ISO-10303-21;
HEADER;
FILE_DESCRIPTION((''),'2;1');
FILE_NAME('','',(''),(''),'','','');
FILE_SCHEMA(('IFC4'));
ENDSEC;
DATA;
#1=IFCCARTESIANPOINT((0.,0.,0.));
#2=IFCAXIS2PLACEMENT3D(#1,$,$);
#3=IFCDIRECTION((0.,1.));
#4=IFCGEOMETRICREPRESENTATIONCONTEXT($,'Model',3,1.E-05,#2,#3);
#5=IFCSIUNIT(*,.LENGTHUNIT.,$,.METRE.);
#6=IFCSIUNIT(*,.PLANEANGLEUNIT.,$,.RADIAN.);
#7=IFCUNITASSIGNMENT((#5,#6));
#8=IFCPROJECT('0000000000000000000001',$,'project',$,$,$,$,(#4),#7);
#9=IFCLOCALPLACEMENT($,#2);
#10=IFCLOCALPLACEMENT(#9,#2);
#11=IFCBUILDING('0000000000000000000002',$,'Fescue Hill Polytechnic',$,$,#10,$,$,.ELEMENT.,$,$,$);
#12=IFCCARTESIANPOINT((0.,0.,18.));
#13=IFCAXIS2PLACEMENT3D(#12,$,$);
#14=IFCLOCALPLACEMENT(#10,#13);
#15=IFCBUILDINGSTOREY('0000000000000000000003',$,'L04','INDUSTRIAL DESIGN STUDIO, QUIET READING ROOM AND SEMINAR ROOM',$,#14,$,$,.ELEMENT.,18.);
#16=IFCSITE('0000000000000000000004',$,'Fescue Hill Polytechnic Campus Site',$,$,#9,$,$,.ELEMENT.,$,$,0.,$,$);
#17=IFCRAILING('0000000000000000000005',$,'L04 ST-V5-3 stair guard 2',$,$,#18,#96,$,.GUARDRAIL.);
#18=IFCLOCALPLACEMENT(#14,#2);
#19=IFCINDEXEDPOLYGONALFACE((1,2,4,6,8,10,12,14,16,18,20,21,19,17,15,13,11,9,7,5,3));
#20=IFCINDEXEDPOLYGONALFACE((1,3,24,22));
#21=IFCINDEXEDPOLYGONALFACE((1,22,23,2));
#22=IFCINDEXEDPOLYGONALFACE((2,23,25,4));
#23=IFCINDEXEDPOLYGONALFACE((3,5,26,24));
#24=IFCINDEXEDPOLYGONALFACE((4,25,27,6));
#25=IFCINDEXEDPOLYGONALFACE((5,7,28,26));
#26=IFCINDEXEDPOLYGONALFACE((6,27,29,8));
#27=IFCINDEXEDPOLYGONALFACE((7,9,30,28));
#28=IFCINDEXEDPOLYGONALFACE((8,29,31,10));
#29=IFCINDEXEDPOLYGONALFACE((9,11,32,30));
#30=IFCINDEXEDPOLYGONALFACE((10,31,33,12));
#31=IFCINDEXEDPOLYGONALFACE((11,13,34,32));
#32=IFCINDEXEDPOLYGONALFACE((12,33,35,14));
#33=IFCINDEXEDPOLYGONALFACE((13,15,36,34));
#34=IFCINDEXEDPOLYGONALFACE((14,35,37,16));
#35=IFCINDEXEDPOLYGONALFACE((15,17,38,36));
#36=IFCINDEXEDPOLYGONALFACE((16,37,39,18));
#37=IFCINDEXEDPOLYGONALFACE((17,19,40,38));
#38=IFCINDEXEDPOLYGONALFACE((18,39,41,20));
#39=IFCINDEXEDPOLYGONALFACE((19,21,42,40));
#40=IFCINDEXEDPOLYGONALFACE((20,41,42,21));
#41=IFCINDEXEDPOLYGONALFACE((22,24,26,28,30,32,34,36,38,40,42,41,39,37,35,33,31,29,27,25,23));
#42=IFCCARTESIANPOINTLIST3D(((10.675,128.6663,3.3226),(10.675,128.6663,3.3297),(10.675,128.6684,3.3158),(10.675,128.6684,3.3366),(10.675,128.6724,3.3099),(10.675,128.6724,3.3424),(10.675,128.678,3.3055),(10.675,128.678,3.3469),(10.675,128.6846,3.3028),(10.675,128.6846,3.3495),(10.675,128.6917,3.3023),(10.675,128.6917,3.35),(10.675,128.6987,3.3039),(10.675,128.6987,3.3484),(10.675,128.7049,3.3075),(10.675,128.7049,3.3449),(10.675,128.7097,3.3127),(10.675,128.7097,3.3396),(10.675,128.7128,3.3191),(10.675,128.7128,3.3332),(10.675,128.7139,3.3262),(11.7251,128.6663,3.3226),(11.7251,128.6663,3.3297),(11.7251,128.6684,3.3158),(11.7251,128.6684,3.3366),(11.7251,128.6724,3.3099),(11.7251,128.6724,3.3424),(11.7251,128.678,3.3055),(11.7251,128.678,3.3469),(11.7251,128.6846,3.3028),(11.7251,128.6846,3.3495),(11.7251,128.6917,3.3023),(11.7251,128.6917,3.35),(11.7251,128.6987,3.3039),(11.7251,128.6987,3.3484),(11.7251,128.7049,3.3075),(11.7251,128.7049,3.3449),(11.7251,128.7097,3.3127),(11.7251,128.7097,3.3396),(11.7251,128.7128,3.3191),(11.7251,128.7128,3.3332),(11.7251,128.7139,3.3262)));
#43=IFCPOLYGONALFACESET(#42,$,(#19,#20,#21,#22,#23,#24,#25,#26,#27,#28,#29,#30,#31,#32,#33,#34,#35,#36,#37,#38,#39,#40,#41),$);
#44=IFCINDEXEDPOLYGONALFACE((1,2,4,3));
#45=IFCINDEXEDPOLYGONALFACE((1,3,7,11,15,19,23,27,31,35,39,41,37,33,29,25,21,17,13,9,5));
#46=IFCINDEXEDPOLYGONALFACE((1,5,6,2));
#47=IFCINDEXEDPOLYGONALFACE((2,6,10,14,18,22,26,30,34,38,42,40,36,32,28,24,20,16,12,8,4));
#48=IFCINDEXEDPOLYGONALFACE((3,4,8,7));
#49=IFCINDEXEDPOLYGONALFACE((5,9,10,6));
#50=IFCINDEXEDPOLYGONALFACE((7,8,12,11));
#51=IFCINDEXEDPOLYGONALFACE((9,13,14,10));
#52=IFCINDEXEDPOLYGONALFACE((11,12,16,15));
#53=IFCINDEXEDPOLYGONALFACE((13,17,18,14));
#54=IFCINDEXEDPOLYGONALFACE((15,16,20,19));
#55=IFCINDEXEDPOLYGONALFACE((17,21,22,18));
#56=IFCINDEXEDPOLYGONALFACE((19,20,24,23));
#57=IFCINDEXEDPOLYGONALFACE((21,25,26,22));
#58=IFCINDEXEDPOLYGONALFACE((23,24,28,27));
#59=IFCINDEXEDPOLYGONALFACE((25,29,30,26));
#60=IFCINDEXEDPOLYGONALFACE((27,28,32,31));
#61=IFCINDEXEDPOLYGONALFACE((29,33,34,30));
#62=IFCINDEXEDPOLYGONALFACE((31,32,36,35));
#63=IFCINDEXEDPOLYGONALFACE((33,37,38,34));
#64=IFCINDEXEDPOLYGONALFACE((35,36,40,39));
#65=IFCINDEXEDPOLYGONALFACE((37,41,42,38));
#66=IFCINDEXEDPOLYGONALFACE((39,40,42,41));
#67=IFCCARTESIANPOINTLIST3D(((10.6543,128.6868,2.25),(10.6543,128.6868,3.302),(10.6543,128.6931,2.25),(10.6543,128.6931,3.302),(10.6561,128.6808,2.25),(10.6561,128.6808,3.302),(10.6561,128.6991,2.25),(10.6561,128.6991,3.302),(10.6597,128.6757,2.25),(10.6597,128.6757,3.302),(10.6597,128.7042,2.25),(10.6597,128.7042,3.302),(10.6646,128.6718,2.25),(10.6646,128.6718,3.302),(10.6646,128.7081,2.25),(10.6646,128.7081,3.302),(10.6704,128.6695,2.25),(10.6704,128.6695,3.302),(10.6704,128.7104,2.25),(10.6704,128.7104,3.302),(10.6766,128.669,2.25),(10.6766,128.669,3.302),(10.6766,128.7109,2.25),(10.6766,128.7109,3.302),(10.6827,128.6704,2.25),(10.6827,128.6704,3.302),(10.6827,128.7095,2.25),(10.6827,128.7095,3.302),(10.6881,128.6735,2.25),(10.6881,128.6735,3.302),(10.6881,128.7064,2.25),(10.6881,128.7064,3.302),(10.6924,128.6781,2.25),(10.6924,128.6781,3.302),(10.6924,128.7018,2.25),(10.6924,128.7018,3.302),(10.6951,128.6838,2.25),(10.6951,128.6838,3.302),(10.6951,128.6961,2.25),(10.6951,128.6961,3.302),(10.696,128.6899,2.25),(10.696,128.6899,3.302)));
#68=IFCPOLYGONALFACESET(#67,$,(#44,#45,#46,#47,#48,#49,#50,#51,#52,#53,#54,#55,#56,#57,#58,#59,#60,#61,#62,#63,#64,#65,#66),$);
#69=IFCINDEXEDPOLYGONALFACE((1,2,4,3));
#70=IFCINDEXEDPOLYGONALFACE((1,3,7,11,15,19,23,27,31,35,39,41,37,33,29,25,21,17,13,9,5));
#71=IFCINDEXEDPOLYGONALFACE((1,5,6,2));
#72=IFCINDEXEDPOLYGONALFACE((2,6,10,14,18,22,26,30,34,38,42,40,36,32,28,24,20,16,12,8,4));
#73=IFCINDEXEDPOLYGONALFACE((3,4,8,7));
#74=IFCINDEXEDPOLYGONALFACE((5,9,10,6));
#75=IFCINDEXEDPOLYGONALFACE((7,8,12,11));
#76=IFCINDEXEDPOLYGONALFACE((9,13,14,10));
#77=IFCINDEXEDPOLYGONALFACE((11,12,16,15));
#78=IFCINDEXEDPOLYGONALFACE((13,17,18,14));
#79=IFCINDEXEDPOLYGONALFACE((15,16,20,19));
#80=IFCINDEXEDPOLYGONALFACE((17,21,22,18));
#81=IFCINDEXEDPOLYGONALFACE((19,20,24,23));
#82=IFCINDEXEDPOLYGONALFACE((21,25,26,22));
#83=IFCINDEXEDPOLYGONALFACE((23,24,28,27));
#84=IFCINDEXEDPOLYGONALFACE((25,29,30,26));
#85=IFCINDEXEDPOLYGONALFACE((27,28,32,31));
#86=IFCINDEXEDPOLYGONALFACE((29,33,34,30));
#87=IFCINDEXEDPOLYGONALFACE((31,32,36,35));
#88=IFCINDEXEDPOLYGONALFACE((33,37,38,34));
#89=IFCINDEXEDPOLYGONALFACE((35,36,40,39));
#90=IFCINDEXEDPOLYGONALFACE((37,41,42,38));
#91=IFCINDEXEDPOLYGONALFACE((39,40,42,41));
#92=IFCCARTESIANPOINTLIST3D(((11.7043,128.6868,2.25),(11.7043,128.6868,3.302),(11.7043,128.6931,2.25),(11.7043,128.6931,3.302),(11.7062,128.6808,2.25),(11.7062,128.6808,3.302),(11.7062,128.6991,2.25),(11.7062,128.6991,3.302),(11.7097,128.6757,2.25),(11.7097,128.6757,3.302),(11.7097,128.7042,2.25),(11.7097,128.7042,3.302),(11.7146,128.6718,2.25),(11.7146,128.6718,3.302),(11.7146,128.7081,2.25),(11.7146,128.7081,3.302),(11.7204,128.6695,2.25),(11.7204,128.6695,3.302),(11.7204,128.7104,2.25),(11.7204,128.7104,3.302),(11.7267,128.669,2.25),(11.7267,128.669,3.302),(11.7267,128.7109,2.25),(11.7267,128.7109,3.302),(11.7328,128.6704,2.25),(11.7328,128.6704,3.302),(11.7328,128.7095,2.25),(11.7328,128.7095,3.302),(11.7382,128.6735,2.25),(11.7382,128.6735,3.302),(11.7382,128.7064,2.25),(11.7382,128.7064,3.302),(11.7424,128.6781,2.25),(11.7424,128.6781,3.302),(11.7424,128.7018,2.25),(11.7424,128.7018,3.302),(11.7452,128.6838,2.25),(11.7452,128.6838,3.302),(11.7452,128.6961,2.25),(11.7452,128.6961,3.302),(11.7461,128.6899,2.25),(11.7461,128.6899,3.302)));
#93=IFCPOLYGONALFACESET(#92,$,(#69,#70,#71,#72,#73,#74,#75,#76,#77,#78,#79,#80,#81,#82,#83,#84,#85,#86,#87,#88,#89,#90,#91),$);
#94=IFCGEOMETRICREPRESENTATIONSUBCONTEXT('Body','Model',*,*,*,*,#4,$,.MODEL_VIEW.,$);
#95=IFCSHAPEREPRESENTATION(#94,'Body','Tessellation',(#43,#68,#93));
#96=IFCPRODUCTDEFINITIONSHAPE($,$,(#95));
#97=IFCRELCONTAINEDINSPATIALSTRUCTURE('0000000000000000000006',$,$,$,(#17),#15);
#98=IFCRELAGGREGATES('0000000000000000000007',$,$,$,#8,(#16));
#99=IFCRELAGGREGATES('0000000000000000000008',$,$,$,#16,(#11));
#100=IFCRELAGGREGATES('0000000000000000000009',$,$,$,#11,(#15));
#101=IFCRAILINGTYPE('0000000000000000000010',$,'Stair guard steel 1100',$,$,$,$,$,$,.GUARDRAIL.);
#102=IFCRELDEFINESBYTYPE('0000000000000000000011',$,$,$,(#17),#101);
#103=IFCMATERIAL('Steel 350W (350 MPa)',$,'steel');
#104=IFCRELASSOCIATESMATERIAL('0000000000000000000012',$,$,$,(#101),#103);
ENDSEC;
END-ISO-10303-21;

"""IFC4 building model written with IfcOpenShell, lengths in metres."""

from ifc_helpers import new_model, si_unit, direction, frame, origin, origin_2d, place, context, subcontext, project, spatial, circle, extrude, material, type_object, element, save


model = new_model("IFC4")

# Units and contexts
model_context = context("Model", 3, precision=1e-05, world=origin(), true_north=direction((0.0, 1.0)))
body_context = subcontext(model_context, "Body", "Model", "MODEL_VIEW")
ifc_project = project(units=[si_unit("LENGTHUNIT", "METRE"), si_unit("PLANEANGLEUNIT", "RADIAN")], contexts=[model_context])

# Site, building, storey
site_placement = place(None, origin())
site = spatial("IfcSite", under=ifc_project, at=site_placement, Name="Fescue Hill Polytechnic Campus Site", CompositionType="ELEMENT", RefElevation=0.0)
building_placement = place(site_placement, origin())
building = spatial("IfcBuilding", under=site, at=building_placement, Name="Fescue Hill Polytechnic", CompositionType="ELEMENT")
storey_placement = place(building_placement, frame((0.0, 0.0, 18.0)))
storey = spatial("IfcBuildingStorey", under=building, at=storey_placement, Name="L04", Description="INDUSTRIAL DESIGN STUDIO, QUIET READING ROOM AND SEMINAR ROOM", CompositionType="ELEMENT", Elevation=18.0)

# Railing
ifc_material_1 = material(Name="Steel 350W (350 MPa)", Category="steel")
railing_type_1 = type_object("IfcRailingType", Name="Stair guard steel 1100", PredefinedType="GUARDRAIL", material=ifc_material_1)
railing_1_placement = place(storey_placement, frame((10.675, 128.6899, 2.25)))
element("IfcRailing", 1, at=railing_1_placement, inside=storey, type_object=railing_type_1, Name="L04 ST-V5-3 stair guard 2", PredefinedType="GUARDRAIL", context=body_context, shape_type="SweptSolid", body=[
    extrude(circle(Radius=0.0239, at=origin_2d()), frame((0.0, 0.0, 1.0762), z_axis=(1.0, 0.0, 0.0), x_axis=(0.0, 1.0, 0.0)), (0.0, 0.0, 1.0), 1.05),
    extrude(circle(Radius=0.021, at=origin_2d()), origin(), (0.0, 0.0, 1.0), 1.052),
    extrude(circle(Radius=0.021, at=origin_2d()), frame((1.05, 0.0, 0.0)), (0.0, 0.0, 1.0), 1.052),
])

save(model, "model.ifc")
